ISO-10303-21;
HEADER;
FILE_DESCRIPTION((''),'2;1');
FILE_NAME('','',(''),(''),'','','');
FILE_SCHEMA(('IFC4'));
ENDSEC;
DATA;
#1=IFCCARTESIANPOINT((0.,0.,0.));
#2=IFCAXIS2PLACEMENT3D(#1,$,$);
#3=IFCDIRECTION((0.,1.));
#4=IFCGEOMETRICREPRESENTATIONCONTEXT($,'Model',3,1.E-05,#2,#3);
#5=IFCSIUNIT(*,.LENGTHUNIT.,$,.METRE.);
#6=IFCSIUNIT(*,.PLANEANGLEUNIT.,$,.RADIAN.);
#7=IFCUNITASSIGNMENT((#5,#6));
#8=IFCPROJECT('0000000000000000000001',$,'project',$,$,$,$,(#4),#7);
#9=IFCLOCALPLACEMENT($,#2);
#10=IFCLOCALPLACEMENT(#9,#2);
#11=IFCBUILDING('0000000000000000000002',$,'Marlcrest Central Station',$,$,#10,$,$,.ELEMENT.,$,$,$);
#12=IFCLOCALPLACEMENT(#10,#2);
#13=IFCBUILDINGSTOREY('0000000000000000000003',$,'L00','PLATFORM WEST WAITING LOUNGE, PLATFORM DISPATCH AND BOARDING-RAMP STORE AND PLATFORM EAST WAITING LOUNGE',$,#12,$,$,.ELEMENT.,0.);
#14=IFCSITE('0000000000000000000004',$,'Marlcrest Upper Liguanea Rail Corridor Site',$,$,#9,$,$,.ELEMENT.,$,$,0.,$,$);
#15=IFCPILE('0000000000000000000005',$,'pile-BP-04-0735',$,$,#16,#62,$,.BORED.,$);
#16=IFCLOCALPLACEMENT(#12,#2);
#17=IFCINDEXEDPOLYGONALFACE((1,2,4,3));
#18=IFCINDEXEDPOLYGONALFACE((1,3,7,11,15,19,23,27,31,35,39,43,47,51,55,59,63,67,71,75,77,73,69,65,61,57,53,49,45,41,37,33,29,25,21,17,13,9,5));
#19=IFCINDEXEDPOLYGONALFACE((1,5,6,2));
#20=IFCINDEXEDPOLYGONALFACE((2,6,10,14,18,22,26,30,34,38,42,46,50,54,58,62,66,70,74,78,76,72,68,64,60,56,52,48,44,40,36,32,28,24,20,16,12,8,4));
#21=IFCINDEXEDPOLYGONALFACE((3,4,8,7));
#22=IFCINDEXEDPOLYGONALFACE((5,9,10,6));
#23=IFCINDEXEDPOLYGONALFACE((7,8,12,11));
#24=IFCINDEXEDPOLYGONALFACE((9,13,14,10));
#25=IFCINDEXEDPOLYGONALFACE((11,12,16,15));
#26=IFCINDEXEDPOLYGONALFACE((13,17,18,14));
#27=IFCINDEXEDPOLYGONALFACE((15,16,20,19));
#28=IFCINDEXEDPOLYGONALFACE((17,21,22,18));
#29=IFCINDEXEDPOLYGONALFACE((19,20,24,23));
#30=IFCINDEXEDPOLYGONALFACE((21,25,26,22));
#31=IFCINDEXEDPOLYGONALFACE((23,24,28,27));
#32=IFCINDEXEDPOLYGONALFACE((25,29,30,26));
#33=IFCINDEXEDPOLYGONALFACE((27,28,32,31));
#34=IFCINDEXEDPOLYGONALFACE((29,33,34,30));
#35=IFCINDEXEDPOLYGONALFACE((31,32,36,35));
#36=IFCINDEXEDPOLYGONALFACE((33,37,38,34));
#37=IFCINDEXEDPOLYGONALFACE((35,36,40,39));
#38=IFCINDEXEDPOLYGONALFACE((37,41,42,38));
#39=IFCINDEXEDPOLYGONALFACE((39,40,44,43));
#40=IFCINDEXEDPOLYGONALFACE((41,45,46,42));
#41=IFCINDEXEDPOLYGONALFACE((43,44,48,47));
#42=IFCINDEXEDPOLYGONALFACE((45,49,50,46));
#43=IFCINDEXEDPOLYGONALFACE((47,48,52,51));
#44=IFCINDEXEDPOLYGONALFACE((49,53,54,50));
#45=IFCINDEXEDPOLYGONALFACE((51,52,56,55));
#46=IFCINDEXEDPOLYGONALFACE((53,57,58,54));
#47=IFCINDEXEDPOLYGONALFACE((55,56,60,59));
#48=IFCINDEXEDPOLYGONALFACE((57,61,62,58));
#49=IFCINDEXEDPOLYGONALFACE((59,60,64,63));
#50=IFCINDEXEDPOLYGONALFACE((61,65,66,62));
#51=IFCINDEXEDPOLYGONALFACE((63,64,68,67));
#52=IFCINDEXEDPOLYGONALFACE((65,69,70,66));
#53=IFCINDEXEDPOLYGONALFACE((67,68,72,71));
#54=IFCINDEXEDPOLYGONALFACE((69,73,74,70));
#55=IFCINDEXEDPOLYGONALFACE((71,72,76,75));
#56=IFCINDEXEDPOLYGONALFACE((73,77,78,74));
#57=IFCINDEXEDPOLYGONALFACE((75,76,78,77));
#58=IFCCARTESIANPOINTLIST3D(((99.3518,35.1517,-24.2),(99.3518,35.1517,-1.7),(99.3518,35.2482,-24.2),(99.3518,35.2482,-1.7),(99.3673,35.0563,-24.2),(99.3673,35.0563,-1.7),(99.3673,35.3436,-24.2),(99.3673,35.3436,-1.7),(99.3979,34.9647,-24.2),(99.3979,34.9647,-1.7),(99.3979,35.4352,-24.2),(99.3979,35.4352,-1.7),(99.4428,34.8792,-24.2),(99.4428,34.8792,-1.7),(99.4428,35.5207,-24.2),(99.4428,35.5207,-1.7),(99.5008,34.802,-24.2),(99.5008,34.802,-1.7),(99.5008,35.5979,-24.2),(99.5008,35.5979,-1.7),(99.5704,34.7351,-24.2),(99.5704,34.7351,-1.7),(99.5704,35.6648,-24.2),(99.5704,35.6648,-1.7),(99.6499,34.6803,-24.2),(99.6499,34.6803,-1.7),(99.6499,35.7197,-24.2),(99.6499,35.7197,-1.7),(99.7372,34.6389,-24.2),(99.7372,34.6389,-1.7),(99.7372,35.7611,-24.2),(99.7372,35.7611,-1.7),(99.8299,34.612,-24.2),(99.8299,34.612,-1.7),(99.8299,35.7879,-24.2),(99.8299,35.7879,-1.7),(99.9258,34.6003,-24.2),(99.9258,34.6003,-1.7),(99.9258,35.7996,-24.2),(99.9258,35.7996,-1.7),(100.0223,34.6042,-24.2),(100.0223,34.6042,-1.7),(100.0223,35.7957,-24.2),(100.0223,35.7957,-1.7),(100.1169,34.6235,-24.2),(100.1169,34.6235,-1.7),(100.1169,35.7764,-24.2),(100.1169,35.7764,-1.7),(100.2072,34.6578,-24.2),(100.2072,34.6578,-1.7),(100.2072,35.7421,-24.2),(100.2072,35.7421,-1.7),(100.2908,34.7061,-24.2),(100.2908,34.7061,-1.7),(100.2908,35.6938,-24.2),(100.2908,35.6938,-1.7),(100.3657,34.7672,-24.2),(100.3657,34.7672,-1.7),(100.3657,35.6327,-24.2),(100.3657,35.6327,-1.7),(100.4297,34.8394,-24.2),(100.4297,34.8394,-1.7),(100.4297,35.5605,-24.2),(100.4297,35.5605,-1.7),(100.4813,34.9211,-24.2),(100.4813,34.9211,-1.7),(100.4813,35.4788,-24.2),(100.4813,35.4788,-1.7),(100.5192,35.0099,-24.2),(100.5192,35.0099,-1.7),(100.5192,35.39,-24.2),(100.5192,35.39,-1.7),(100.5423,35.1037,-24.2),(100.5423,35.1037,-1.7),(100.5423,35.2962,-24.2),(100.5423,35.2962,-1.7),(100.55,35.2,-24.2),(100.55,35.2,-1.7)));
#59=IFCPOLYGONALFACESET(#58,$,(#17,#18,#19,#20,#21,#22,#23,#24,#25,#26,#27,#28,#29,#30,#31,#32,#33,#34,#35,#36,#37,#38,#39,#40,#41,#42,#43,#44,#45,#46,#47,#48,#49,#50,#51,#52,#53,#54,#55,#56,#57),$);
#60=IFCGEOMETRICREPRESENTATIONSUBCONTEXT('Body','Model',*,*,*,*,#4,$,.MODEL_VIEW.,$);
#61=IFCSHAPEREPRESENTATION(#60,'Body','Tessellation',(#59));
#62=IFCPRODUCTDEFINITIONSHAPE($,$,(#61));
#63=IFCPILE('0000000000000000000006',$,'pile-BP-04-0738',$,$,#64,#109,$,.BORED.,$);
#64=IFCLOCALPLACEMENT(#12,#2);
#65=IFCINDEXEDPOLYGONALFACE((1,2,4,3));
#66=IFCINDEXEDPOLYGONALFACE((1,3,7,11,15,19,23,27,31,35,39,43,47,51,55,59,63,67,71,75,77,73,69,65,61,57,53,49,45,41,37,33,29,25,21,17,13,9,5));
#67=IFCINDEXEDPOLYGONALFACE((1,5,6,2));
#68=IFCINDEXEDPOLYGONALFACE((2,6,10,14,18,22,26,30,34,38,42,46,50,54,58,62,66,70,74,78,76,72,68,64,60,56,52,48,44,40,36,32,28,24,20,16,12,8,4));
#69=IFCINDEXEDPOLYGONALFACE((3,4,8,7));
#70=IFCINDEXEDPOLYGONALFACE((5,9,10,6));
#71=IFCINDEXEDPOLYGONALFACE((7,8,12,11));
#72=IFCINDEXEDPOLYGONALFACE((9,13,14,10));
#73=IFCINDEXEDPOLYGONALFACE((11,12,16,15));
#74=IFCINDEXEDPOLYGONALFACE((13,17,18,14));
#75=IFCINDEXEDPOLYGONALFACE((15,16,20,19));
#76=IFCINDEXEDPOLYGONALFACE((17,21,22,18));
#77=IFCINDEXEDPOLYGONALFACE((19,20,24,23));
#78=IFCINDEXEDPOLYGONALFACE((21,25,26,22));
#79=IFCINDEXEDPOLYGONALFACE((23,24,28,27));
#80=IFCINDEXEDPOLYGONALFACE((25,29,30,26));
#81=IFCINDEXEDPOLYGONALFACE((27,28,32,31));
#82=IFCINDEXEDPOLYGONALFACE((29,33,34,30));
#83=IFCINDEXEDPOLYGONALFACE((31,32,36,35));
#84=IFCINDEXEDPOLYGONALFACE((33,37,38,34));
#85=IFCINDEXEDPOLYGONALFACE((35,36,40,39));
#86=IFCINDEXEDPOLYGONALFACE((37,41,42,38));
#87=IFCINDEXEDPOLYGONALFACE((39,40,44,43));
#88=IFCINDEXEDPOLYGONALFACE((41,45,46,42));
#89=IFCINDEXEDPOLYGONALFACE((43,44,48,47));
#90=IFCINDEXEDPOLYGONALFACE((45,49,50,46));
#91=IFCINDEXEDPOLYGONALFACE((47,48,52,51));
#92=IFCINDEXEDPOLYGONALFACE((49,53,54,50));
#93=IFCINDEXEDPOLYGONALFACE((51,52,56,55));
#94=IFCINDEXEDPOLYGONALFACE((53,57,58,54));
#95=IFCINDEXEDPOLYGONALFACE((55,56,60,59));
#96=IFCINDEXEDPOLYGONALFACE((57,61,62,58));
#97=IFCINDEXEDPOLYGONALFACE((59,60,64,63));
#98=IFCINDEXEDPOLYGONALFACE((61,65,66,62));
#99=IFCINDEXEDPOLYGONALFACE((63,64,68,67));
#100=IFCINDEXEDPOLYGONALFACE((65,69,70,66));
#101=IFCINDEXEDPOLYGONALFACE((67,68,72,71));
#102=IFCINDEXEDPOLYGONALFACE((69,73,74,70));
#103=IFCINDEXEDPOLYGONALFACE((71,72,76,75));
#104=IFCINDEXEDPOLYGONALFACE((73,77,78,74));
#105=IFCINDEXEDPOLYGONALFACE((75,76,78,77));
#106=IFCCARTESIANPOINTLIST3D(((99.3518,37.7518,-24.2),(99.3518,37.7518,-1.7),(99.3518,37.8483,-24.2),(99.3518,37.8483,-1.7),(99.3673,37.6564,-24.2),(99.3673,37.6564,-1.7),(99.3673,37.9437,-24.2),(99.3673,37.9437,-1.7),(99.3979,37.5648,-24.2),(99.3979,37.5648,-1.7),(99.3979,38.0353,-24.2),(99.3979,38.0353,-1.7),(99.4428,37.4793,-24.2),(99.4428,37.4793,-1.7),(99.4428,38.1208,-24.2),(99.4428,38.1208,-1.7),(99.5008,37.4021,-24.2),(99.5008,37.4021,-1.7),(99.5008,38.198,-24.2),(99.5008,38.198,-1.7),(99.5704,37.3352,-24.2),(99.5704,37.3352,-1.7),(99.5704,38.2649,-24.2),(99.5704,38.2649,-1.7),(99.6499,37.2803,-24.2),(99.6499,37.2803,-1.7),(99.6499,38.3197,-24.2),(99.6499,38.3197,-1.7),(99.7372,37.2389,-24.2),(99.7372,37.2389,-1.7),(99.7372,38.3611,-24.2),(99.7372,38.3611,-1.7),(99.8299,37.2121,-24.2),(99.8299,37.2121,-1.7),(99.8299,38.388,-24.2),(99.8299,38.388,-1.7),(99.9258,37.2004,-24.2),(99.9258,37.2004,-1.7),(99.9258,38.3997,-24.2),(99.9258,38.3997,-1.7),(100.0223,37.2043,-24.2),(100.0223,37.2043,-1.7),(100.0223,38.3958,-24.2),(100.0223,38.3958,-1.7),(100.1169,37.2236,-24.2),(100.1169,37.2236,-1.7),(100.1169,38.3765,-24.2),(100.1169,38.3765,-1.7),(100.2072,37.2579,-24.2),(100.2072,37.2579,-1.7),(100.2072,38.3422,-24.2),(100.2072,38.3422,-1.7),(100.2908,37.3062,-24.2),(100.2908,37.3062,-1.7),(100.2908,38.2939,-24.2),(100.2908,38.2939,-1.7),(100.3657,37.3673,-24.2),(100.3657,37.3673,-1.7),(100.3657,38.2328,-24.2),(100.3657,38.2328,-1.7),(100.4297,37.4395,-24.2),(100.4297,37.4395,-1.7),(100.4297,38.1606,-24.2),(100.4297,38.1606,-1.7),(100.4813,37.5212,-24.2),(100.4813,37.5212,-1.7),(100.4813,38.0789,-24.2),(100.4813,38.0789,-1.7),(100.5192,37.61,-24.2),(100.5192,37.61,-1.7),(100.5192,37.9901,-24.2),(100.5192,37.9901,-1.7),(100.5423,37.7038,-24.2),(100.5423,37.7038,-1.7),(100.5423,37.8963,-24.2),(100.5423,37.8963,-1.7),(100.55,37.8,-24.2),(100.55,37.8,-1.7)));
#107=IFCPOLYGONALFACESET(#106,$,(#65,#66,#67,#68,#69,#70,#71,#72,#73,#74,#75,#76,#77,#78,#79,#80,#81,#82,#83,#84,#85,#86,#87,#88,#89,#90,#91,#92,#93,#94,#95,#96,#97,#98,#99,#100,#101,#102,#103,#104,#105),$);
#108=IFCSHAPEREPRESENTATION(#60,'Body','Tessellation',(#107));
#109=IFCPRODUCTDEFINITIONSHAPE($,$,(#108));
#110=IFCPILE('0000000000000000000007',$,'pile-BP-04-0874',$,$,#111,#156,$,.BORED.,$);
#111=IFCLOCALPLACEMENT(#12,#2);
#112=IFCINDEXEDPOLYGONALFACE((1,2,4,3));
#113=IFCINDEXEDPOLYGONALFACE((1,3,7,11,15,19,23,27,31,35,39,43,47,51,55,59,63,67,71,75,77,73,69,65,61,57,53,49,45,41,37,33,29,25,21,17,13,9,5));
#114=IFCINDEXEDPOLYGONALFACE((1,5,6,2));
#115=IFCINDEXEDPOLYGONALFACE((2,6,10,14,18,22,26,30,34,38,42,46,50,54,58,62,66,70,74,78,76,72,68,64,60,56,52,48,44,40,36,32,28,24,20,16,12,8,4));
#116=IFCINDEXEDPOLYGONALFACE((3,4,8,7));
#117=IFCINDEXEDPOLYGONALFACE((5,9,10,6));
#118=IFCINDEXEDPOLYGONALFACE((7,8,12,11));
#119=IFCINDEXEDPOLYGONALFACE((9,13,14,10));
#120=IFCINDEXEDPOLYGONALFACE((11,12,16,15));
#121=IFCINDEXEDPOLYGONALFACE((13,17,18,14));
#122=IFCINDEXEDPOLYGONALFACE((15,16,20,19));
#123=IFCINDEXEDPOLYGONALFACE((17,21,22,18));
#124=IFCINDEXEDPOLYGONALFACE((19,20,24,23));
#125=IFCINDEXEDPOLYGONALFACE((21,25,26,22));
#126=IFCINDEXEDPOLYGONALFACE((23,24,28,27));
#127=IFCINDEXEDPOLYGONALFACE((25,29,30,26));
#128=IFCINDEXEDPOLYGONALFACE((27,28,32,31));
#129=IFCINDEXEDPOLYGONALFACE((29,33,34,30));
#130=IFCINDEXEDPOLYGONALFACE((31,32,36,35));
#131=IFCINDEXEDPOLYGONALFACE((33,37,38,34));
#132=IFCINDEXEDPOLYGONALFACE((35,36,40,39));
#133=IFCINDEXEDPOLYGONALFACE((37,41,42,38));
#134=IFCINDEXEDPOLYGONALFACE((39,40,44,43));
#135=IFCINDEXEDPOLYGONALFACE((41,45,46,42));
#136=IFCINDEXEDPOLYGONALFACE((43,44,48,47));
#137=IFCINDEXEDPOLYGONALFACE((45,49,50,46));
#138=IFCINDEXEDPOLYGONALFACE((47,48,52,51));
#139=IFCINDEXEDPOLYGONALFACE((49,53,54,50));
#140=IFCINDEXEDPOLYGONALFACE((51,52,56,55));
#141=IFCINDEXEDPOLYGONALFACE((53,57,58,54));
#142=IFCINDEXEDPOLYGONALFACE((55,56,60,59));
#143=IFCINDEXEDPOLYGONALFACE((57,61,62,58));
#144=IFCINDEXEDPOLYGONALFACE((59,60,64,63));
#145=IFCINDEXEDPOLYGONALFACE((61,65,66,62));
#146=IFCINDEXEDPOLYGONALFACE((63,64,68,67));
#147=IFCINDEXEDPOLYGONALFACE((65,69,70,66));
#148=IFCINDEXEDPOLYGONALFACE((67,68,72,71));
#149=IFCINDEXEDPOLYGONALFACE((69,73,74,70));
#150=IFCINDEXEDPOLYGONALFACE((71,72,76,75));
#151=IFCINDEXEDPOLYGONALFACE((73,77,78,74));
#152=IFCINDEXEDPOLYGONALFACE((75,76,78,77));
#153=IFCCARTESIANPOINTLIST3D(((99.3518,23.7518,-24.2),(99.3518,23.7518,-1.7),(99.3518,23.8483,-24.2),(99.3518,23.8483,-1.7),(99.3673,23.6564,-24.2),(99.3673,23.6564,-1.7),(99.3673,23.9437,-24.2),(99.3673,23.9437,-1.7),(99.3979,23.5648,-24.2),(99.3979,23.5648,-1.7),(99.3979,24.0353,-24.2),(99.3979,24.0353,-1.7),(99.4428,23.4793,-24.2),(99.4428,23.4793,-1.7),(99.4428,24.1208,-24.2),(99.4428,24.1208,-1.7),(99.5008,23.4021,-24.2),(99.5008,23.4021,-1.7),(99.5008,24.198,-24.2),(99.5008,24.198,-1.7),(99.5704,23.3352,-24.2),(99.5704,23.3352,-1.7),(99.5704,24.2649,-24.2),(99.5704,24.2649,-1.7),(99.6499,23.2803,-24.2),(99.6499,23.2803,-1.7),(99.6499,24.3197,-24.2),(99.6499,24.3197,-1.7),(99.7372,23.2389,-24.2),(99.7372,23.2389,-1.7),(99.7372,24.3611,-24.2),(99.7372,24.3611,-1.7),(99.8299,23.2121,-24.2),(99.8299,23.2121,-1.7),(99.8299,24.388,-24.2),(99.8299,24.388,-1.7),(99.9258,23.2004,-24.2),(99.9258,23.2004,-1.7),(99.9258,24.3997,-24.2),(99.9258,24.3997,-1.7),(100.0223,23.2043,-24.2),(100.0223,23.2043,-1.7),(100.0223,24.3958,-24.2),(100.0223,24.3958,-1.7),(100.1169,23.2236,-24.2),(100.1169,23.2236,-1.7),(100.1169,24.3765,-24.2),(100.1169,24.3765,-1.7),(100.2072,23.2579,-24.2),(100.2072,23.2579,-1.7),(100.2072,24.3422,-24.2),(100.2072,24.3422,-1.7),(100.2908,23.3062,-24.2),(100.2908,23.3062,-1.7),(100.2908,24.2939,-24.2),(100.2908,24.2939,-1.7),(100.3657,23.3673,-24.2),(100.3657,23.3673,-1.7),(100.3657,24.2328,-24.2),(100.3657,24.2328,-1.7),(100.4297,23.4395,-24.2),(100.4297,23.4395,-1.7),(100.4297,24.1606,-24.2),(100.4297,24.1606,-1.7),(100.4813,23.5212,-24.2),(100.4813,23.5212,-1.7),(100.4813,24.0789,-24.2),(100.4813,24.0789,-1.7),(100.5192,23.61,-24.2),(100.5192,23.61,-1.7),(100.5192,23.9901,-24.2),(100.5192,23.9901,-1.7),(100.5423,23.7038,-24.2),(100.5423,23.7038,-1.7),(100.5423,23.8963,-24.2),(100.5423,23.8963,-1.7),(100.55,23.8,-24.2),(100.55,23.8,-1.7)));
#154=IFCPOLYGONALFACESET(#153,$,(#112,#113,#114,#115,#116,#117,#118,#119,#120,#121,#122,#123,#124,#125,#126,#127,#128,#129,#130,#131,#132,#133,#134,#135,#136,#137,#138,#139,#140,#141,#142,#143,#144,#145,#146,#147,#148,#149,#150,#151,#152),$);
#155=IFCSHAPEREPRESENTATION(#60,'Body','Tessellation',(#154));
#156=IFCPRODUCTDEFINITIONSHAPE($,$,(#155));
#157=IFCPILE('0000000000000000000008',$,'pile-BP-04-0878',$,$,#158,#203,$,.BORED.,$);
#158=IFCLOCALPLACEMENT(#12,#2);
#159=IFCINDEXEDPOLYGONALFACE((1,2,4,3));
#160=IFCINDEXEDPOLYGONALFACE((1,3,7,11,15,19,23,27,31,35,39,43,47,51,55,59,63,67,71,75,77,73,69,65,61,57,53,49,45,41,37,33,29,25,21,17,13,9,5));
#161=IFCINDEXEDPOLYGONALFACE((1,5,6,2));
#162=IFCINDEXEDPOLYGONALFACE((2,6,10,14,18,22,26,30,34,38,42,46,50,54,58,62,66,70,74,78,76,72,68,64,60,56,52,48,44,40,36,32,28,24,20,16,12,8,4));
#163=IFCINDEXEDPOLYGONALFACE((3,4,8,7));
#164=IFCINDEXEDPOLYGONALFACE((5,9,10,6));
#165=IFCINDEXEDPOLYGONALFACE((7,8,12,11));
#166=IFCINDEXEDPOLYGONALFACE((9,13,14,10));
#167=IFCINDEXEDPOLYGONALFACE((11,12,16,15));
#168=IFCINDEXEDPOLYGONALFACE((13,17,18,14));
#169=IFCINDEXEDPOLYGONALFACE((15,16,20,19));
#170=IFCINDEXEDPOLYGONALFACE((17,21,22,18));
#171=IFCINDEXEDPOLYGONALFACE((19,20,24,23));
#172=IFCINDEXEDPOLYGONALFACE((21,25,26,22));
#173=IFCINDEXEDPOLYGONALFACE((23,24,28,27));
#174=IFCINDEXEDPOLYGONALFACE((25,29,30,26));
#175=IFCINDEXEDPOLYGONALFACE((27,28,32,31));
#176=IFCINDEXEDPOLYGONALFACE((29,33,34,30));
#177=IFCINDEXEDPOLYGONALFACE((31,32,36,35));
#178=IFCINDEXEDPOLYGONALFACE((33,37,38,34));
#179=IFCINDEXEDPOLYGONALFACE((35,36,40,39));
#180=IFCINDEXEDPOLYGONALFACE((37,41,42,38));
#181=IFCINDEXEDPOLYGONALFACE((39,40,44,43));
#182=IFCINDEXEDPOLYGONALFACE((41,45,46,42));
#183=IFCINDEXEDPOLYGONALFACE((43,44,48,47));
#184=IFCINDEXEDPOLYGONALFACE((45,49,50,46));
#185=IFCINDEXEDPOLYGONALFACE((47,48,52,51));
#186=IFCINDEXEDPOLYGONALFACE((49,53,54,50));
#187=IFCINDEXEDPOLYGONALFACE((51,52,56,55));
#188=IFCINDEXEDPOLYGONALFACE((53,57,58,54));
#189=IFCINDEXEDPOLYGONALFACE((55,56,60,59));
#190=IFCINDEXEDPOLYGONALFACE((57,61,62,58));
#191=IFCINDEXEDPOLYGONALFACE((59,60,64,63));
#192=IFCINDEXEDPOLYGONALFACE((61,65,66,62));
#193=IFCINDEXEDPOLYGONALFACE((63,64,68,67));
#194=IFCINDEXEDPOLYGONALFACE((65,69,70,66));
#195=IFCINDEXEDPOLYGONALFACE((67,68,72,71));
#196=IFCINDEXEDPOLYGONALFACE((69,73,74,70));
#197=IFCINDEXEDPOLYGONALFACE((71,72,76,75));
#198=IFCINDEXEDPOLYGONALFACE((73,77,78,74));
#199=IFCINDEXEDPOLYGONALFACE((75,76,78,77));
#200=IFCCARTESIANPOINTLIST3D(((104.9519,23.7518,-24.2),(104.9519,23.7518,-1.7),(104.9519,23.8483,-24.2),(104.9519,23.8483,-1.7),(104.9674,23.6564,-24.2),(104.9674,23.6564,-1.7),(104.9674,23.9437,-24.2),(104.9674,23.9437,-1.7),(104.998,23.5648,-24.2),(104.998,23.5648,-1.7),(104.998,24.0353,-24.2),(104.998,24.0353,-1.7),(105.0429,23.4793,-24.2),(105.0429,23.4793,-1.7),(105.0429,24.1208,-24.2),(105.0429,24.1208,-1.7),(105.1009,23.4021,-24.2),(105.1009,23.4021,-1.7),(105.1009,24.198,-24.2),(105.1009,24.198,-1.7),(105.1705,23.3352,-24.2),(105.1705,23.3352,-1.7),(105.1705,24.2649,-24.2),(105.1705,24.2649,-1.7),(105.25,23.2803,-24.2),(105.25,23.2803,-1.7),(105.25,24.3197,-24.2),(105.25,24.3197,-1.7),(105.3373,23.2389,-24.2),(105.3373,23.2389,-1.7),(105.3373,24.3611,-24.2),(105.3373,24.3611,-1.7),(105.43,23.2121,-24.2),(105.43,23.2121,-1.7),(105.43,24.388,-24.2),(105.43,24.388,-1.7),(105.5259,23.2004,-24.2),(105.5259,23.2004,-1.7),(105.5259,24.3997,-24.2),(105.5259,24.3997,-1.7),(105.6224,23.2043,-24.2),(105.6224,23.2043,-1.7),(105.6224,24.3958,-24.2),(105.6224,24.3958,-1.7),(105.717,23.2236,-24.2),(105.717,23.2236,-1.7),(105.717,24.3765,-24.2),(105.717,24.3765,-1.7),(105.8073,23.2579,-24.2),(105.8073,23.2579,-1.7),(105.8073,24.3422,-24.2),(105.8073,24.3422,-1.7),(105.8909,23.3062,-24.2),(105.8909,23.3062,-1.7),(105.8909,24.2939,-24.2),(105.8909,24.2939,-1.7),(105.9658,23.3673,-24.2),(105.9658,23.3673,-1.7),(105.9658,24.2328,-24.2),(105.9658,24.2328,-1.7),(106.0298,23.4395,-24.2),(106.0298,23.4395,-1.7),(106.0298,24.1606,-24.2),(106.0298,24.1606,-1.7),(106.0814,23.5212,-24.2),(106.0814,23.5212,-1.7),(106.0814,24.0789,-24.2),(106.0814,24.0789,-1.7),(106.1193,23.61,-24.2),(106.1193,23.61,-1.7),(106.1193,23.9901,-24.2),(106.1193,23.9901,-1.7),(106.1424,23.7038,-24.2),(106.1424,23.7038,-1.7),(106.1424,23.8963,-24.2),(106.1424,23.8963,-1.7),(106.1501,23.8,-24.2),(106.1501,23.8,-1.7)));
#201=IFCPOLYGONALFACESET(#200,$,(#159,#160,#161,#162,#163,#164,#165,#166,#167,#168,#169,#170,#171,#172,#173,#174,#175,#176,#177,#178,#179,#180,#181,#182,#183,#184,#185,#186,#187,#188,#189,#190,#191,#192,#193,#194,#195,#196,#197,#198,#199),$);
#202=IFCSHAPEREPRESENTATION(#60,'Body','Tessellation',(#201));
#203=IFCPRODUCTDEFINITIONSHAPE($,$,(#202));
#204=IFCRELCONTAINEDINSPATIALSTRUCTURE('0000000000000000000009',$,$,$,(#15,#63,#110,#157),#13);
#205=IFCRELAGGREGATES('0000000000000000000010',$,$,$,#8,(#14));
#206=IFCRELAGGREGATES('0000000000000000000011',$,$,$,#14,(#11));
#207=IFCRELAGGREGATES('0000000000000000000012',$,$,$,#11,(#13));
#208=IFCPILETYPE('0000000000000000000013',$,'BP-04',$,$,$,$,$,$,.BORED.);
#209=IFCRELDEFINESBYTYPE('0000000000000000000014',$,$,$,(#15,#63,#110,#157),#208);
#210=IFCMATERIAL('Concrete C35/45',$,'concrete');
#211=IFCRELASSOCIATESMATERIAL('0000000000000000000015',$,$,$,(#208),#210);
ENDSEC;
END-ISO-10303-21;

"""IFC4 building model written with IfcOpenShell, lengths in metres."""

from ifc_helpers import new_model, si_unit, direction, frame, origin, origin_2d, place, context, subcontext, project, spatial, circle, extrude, material, material_profile, profile_set, type_object, element, save


model = new_model("IFC4")

# Units and contexts
model_context = context("Model", 3, precision=1e-05, world=origin(), true_north=direction((0.0, 1.0)))
body_context = subcontext(model_context, "Body", "Model", "MODEL_VIEW")
ifc_project = project(units=[si_unit("LENGTHUNIT", "METRE"), si_unit("PLANEANGLEUNIT", "RADIAN")], contexts=[model_context])

# Site, building, storey
site_placement = place(None, origin())
site = spatial("IfcSite", under=ifc_project, at=site_placement, Name="Marlcrest Upper Liguanea Rail Corridor Site", CompositionType="ELEMENT", RefElevation=0.0)
building_placement = place(site_placement, origin())
building = spatial("IfcBuilding", under=site, at=building_placement, Name="Marlcrest Central Station", CompositionType="ELEMENT")
storey_placement = place(building_placement, origin())
storey = spatial("IfcBuildingStorey", under=building, at=storey_placement, Name="L00", Description="PLATFORM WEST WAITING LOUNGE, PLATFORM DISPATCH AND BOARDING-RAMP STORE AND PLATFORM EAST WAITING LOUNGE", CompositionType="ELEMENT", Elevation=0.0)

# Piles
ifc_material_1 = material(Name="Concrete C35/45", Category="concrete")
ifc_material_profile_1 = material_profile(ifc_material_1, circle(Radius=0.6001, at=origin_2d()), Name="PILE D1200")
ifc_profile_set_1 = profile_set([ifc_material_profile_1], Name="Concrete C35/45")
pile_type_1 = type_object("IfcPileType", Name="BP-04", PredefinedType="BORED", material=ifc_profile_set_1)
for number, where, z_axis, x_axis, name in (
    (1, (99.95, 35.2, -1.7), (0.0, 0.0, -1.0), (1.0, 0.0, 0.0), "pile-BP-04-0735"),
    (2, (99.95, 37.8, -1.7), (0.0, 0.0, -1.0), (1.0, 0.0, 0.0), "pile-BP-04-0738"),
    (3, (99.95, 23.8, -1.7), (0.0, 0.0, -1.0), (1.0, 0.0, 0.0), "pile-BP-04-0874"),
    (4, (105.55, 23.8, -1.7), (0.0, 0.0, -1.0), (1.0, 0.0, 0.0), "pile-BP-04-0878"),
):
    element("IfcPile", number, at=place(storey_placement, frame(where, z_axis=z_axis, x_axis=x_axis)), inside=storey, type_object=pile_type_1, Name=name, PredefinedType="BORED", context=body_context, shape_type="SweptSolid", body=[
        extrude(circle(Radius=0.6001, at=origin_2d()), origin(), (0.0, 0.0, 1.0), 22.5),
    ])

save(model, "model.ifc")
